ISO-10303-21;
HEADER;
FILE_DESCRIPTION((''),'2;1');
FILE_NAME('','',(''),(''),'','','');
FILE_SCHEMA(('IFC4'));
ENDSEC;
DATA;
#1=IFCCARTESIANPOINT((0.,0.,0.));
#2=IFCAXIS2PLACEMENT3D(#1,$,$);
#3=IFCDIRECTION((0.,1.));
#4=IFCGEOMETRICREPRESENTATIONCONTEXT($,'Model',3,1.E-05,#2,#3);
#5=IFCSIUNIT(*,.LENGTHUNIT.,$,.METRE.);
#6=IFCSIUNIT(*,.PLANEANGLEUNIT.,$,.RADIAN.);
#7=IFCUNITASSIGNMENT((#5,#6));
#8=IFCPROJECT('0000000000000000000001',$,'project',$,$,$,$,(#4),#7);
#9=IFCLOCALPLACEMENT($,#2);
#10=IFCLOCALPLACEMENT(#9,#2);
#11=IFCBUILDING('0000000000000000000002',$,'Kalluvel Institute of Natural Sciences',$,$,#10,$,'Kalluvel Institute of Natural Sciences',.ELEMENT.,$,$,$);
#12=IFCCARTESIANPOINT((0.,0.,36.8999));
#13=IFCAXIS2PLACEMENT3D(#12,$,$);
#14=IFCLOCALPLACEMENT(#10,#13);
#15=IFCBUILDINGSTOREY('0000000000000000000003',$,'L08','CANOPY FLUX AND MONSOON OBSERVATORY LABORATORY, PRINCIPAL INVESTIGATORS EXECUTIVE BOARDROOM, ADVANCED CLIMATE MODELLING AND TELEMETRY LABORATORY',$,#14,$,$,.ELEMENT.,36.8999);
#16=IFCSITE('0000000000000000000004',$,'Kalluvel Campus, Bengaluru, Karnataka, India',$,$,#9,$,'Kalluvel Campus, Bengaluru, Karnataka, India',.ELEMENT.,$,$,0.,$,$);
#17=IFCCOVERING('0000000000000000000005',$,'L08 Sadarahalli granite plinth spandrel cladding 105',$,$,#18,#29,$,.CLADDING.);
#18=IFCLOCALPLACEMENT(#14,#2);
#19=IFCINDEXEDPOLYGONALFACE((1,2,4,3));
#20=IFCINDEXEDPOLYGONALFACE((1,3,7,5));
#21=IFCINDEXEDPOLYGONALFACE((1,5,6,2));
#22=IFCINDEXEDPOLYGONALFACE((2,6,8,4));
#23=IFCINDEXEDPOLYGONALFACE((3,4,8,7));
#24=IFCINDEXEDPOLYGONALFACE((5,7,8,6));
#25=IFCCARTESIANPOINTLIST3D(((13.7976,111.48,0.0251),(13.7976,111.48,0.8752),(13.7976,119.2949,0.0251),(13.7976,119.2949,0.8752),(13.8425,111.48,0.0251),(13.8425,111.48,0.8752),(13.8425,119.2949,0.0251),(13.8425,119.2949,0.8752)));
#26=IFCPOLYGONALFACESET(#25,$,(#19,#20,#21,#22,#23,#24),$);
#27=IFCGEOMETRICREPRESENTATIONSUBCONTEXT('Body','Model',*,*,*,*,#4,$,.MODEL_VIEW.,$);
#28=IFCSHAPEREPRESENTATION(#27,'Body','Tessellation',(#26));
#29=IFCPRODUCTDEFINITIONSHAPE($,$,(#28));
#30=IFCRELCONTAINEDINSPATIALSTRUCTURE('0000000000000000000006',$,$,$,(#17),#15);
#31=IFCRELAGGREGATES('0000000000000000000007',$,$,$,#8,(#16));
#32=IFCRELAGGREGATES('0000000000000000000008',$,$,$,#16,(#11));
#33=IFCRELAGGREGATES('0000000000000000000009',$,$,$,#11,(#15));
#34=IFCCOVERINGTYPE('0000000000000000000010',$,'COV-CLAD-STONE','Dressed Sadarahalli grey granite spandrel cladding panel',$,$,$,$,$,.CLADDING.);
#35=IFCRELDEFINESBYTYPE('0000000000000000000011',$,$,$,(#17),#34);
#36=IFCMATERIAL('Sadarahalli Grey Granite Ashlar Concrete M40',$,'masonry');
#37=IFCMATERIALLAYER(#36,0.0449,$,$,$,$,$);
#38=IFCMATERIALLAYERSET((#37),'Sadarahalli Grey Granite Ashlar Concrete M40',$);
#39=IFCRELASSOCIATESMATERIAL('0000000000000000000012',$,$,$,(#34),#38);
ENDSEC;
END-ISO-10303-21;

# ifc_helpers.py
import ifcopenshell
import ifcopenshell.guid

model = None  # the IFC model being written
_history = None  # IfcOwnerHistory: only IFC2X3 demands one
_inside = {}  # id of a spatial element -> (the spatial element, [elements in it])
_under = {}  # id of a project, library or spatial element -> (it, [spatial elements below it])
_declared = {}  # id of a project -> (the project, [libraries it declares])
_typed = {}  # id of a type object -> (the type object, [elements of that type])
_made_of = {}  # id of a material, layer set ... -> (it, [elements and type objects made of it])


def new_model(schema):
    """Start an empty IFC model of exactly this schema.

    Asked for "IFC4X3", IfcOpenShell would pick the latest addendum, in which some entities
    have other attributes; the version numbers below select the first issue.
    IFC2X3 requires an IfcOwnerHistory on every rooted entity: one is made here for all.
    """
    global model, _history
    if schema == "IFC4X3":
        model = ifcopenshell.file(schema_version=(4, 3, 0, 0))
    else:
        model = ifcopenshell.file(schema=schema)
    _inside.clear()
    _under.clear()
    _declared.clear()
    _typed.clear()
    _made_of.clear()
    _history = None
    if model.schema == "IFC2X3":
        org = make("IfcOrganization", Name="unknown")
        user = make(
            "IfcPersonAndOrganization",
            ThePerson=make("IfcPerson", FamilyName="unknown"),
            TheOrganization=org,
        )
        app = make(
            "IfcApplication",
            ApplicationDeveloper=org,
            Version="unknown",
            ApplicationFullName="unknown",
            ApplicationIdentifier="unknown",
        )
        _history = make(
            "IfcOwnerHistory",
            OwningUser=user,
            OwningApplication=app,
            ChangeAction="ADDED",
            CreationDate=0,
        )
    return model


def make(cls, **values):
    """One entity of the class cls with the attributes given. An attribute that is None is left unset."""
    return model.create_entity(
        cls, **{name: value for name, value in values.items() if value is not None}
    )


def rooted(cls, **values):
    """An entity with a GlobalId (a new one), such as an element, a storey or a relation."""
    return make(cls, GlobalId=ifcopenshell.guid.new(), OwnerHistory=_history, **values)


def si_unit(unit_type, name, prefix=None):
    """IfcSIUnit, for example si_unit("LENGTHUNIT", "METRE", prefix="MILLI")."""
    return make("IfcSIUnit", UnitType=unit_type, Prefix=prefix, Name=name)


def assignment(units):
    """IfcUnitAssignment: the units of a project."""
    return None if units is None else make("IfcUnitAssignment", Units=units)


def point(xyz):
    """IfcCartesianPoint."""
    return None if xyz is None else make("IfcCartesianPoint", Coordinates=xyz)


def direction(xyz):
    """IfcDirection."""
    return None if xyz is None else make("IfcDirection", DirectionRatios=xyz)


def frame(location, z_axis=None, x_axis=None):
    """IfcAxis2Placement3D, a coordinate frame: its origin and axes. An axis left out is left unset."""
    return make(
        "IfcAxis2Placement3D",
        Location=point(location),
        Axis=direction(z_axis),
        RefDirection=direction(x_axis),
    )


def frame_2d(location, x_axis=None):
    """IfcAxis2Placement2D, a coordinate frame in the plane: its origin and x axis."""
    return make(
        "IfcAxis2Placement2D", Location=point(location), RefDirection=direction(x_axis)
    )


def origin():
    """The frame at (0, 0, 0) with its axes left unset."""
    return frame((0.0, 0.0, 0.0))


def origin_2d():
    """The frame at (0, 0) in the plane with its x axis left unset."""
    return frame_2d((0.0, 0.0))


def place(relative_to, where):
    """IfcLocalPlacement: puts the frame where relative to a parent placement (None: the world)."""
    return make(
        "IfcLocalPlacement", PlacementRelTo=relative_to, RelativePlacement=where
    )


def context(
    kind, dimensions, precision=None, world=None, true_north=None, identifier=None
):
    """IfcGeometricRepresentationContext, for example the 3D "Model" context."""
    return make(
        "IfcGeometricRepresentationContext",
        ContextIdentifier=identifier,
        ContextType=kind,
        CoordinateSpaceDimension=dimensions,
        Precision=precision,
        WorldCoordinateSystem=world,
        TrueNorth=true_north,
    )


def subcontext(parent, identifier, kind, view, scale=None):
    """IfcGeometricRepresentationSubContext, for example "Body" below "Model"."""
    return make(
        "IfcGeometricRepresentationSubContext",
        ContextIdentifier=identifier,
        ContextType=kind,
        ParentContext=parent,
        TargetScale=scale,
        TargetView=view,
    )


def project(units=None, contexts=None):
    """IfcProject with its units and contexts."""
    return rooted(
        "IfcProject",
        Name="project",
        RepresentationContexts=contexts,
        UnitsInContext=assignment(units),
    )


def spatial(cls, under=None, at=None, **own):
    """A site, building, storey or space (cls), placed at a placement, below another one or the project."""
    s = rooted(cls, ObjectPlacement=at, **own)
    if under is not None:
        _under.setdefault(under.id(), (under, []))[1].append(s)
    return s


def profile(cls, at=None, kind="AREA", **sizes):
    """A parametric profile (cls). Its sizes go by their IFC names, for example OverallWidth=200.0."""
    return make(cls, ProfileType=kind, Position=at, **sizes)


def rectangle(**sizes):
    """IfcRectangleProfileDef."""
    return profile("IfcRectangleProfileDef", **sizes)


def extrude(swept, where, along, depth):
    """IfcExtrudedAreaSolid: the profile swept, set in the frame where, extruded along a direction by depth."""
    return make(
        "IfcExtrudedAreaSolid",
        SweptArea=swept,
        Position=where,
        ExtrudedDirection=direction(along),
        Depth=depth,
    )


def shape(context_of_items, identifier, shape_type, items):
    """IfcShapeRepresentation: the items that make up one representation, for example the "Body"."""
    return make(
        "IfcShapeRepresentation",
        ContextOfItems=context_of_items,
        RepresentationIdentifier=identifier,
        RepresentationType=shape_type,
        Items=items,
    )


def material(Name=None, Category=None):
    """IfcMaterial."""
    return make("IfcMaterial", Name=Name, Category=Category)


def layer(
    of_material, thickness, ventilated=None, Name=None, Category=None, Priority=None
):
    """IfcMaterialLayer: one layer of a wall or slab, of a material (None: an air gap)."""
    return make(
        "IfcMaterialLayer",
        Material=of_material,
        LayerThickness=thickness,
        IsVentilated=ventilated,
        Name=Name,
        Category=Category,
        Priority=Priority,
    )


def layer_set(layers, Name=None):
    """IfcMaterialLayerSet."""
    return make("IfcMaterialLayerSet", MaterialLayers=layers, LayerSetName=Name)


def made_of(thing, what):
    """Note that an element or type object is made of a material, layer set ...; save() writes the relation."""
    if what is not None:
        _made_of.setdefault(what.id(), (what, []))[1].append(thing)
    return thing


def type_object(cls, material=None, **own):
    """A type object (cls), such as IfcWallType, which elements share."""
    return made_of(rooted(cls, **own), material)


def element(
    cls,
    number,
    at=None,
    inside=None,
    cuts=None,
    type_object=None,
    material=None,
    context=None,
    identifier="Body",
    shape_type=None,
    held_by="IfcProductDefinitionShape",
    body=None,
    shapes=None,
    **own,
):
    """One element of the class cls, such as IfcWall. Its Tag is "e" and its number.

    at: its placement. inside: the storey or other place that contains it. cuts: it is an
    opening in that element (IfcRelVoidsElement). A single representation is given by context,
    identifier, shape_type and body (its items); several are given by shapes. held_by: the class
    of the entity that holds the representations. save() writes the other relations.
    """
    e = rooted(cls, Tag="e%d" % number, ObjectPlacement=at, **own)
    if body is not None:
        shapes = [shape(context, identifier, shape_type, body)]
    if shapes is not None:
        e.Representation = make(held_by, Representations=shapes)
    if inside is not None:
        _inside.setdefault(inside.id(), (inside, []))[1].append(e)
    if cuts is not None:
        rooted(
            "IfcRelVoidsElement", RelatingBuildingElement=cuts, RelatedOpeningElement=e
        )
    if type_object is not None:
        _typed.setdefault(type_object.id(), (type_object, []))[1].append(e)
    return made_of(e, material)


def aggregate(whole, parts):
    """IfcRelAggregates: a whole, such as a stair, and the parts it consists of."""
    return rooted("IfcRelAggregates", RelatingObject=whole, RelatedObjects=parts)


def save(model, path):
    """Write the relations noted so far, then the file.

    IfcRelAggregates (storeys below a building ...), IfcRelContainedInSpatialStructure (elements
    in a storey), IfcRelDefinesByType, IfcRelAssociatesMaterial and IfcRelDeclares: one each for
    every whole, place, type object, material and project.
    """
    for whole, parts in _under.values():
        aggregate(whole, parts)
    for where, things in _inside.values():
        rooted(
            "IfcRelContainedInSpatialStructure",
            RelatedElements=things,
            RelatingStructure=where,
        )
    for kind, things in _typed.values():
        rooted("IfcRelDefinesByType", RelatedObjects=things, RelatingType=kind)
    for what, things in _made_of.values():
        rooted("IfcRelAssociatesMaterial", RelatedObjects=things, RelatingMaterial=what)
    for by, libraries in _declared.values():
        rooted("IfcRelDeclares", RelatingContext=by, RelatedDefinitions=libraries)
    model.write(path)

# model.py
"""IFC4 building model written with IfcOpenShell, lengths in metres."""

from ifc_helpers import new_model, si_unit, direction, frame, origin, origin_2d, place, context, subcontext, project, spatial, rectangle, extrude, material, layer, layer_set, type_object, element, save


model = new_model("IFC4")

# Units and contexts
model_context = context("Model", 3, precision=1e-05, world=origin(), true_north=direction((0.0, 1.0)))
body_context = subcontext(model_context, "Body", "Model", "MODEL_VIEW")
ifc_project = project(units=[si_unit("LENGTHUNIT", "METRE"), si_unit("PLANEANGLEUNIT", "RADIAN")], contexts=[model_context])

# Site, building, storey
site_placement = place(None, origin())
site = spatial("IfcSite", under=ifc_project, at=site_placement, Name="Kalluvel Campus, Bengaluru, Karnataka, India", LongName="Kalluvel Campus, Bengaluru, Karnataka, India", CompositionType="ELEMENT", RefElevation=0.0)
building_placement = place(site_placement, origin())
building = spatial("IfcBuilding", under=site, at=building_placement, Name="Kalluvel Institute of Natural Sciences", LongName="Kalluvel Institute of Natural Sciences", CompositionType="ELEMENT")
storey_placement = place(building_placement, frame((0.0, 0.0, 36.8999)))
storey = spatial("IfcBuildingStorey", under=building, at=storey_placement, Name="L08", Description="CANOPY FLUX AND MONSOON OBSERVATORY LABORATORY, PRINCIPAL INVESTIGATORS EXECUTIVE BOARDROOM, ADVANCED CLIMATE MODELLING AND TELEMETRY LABORATORY", CompositionType="ELEMENT", Elevation=36.8999)

# Shared definitions
ifc_material_1 = material(Name="Sadarahalli Grey Granite Ashlar Concrete M40", Category="masonry")

# Covering
ifc_layer_1 = layer(ifc_material_1, 0.0449)
ifc_layer_set_1 = layer_set([ifc_layer_1], Name="Sadarahalli Grey Granite Ashlar Concrete M40")
covering_type = type_object("IfcCoveringType", Name="COV-CLAD-STONE", Description="Dressed Sadarahalli grey granite spandrel cladding panel", PredefinedType="CLADDING", material=ifc_layer_set_1)
covering_placement = place(storey_placement, frame((13.8201, 115.3875, 0.0251), z_axis=(0.0, 0.0, 1.0), x_axis=(0.0, 1.0, 0.0)))
element("IfcCovering", 1, at=covering_placement, inside=storey, type_object=covering_type, Name="L08 Sadarahalli granite plinth spandrel cladding 105", PredefinedType="CLADDING", context=body_context, shape_type="SweptSolid", body=[
    extrude(rectangle(XDim=7.8149, YDim=0.0449, at=origin_2d()), origin(), (0.0, 0.0, 1.0), 0.8501),
])

save(model, "model.ifc")
